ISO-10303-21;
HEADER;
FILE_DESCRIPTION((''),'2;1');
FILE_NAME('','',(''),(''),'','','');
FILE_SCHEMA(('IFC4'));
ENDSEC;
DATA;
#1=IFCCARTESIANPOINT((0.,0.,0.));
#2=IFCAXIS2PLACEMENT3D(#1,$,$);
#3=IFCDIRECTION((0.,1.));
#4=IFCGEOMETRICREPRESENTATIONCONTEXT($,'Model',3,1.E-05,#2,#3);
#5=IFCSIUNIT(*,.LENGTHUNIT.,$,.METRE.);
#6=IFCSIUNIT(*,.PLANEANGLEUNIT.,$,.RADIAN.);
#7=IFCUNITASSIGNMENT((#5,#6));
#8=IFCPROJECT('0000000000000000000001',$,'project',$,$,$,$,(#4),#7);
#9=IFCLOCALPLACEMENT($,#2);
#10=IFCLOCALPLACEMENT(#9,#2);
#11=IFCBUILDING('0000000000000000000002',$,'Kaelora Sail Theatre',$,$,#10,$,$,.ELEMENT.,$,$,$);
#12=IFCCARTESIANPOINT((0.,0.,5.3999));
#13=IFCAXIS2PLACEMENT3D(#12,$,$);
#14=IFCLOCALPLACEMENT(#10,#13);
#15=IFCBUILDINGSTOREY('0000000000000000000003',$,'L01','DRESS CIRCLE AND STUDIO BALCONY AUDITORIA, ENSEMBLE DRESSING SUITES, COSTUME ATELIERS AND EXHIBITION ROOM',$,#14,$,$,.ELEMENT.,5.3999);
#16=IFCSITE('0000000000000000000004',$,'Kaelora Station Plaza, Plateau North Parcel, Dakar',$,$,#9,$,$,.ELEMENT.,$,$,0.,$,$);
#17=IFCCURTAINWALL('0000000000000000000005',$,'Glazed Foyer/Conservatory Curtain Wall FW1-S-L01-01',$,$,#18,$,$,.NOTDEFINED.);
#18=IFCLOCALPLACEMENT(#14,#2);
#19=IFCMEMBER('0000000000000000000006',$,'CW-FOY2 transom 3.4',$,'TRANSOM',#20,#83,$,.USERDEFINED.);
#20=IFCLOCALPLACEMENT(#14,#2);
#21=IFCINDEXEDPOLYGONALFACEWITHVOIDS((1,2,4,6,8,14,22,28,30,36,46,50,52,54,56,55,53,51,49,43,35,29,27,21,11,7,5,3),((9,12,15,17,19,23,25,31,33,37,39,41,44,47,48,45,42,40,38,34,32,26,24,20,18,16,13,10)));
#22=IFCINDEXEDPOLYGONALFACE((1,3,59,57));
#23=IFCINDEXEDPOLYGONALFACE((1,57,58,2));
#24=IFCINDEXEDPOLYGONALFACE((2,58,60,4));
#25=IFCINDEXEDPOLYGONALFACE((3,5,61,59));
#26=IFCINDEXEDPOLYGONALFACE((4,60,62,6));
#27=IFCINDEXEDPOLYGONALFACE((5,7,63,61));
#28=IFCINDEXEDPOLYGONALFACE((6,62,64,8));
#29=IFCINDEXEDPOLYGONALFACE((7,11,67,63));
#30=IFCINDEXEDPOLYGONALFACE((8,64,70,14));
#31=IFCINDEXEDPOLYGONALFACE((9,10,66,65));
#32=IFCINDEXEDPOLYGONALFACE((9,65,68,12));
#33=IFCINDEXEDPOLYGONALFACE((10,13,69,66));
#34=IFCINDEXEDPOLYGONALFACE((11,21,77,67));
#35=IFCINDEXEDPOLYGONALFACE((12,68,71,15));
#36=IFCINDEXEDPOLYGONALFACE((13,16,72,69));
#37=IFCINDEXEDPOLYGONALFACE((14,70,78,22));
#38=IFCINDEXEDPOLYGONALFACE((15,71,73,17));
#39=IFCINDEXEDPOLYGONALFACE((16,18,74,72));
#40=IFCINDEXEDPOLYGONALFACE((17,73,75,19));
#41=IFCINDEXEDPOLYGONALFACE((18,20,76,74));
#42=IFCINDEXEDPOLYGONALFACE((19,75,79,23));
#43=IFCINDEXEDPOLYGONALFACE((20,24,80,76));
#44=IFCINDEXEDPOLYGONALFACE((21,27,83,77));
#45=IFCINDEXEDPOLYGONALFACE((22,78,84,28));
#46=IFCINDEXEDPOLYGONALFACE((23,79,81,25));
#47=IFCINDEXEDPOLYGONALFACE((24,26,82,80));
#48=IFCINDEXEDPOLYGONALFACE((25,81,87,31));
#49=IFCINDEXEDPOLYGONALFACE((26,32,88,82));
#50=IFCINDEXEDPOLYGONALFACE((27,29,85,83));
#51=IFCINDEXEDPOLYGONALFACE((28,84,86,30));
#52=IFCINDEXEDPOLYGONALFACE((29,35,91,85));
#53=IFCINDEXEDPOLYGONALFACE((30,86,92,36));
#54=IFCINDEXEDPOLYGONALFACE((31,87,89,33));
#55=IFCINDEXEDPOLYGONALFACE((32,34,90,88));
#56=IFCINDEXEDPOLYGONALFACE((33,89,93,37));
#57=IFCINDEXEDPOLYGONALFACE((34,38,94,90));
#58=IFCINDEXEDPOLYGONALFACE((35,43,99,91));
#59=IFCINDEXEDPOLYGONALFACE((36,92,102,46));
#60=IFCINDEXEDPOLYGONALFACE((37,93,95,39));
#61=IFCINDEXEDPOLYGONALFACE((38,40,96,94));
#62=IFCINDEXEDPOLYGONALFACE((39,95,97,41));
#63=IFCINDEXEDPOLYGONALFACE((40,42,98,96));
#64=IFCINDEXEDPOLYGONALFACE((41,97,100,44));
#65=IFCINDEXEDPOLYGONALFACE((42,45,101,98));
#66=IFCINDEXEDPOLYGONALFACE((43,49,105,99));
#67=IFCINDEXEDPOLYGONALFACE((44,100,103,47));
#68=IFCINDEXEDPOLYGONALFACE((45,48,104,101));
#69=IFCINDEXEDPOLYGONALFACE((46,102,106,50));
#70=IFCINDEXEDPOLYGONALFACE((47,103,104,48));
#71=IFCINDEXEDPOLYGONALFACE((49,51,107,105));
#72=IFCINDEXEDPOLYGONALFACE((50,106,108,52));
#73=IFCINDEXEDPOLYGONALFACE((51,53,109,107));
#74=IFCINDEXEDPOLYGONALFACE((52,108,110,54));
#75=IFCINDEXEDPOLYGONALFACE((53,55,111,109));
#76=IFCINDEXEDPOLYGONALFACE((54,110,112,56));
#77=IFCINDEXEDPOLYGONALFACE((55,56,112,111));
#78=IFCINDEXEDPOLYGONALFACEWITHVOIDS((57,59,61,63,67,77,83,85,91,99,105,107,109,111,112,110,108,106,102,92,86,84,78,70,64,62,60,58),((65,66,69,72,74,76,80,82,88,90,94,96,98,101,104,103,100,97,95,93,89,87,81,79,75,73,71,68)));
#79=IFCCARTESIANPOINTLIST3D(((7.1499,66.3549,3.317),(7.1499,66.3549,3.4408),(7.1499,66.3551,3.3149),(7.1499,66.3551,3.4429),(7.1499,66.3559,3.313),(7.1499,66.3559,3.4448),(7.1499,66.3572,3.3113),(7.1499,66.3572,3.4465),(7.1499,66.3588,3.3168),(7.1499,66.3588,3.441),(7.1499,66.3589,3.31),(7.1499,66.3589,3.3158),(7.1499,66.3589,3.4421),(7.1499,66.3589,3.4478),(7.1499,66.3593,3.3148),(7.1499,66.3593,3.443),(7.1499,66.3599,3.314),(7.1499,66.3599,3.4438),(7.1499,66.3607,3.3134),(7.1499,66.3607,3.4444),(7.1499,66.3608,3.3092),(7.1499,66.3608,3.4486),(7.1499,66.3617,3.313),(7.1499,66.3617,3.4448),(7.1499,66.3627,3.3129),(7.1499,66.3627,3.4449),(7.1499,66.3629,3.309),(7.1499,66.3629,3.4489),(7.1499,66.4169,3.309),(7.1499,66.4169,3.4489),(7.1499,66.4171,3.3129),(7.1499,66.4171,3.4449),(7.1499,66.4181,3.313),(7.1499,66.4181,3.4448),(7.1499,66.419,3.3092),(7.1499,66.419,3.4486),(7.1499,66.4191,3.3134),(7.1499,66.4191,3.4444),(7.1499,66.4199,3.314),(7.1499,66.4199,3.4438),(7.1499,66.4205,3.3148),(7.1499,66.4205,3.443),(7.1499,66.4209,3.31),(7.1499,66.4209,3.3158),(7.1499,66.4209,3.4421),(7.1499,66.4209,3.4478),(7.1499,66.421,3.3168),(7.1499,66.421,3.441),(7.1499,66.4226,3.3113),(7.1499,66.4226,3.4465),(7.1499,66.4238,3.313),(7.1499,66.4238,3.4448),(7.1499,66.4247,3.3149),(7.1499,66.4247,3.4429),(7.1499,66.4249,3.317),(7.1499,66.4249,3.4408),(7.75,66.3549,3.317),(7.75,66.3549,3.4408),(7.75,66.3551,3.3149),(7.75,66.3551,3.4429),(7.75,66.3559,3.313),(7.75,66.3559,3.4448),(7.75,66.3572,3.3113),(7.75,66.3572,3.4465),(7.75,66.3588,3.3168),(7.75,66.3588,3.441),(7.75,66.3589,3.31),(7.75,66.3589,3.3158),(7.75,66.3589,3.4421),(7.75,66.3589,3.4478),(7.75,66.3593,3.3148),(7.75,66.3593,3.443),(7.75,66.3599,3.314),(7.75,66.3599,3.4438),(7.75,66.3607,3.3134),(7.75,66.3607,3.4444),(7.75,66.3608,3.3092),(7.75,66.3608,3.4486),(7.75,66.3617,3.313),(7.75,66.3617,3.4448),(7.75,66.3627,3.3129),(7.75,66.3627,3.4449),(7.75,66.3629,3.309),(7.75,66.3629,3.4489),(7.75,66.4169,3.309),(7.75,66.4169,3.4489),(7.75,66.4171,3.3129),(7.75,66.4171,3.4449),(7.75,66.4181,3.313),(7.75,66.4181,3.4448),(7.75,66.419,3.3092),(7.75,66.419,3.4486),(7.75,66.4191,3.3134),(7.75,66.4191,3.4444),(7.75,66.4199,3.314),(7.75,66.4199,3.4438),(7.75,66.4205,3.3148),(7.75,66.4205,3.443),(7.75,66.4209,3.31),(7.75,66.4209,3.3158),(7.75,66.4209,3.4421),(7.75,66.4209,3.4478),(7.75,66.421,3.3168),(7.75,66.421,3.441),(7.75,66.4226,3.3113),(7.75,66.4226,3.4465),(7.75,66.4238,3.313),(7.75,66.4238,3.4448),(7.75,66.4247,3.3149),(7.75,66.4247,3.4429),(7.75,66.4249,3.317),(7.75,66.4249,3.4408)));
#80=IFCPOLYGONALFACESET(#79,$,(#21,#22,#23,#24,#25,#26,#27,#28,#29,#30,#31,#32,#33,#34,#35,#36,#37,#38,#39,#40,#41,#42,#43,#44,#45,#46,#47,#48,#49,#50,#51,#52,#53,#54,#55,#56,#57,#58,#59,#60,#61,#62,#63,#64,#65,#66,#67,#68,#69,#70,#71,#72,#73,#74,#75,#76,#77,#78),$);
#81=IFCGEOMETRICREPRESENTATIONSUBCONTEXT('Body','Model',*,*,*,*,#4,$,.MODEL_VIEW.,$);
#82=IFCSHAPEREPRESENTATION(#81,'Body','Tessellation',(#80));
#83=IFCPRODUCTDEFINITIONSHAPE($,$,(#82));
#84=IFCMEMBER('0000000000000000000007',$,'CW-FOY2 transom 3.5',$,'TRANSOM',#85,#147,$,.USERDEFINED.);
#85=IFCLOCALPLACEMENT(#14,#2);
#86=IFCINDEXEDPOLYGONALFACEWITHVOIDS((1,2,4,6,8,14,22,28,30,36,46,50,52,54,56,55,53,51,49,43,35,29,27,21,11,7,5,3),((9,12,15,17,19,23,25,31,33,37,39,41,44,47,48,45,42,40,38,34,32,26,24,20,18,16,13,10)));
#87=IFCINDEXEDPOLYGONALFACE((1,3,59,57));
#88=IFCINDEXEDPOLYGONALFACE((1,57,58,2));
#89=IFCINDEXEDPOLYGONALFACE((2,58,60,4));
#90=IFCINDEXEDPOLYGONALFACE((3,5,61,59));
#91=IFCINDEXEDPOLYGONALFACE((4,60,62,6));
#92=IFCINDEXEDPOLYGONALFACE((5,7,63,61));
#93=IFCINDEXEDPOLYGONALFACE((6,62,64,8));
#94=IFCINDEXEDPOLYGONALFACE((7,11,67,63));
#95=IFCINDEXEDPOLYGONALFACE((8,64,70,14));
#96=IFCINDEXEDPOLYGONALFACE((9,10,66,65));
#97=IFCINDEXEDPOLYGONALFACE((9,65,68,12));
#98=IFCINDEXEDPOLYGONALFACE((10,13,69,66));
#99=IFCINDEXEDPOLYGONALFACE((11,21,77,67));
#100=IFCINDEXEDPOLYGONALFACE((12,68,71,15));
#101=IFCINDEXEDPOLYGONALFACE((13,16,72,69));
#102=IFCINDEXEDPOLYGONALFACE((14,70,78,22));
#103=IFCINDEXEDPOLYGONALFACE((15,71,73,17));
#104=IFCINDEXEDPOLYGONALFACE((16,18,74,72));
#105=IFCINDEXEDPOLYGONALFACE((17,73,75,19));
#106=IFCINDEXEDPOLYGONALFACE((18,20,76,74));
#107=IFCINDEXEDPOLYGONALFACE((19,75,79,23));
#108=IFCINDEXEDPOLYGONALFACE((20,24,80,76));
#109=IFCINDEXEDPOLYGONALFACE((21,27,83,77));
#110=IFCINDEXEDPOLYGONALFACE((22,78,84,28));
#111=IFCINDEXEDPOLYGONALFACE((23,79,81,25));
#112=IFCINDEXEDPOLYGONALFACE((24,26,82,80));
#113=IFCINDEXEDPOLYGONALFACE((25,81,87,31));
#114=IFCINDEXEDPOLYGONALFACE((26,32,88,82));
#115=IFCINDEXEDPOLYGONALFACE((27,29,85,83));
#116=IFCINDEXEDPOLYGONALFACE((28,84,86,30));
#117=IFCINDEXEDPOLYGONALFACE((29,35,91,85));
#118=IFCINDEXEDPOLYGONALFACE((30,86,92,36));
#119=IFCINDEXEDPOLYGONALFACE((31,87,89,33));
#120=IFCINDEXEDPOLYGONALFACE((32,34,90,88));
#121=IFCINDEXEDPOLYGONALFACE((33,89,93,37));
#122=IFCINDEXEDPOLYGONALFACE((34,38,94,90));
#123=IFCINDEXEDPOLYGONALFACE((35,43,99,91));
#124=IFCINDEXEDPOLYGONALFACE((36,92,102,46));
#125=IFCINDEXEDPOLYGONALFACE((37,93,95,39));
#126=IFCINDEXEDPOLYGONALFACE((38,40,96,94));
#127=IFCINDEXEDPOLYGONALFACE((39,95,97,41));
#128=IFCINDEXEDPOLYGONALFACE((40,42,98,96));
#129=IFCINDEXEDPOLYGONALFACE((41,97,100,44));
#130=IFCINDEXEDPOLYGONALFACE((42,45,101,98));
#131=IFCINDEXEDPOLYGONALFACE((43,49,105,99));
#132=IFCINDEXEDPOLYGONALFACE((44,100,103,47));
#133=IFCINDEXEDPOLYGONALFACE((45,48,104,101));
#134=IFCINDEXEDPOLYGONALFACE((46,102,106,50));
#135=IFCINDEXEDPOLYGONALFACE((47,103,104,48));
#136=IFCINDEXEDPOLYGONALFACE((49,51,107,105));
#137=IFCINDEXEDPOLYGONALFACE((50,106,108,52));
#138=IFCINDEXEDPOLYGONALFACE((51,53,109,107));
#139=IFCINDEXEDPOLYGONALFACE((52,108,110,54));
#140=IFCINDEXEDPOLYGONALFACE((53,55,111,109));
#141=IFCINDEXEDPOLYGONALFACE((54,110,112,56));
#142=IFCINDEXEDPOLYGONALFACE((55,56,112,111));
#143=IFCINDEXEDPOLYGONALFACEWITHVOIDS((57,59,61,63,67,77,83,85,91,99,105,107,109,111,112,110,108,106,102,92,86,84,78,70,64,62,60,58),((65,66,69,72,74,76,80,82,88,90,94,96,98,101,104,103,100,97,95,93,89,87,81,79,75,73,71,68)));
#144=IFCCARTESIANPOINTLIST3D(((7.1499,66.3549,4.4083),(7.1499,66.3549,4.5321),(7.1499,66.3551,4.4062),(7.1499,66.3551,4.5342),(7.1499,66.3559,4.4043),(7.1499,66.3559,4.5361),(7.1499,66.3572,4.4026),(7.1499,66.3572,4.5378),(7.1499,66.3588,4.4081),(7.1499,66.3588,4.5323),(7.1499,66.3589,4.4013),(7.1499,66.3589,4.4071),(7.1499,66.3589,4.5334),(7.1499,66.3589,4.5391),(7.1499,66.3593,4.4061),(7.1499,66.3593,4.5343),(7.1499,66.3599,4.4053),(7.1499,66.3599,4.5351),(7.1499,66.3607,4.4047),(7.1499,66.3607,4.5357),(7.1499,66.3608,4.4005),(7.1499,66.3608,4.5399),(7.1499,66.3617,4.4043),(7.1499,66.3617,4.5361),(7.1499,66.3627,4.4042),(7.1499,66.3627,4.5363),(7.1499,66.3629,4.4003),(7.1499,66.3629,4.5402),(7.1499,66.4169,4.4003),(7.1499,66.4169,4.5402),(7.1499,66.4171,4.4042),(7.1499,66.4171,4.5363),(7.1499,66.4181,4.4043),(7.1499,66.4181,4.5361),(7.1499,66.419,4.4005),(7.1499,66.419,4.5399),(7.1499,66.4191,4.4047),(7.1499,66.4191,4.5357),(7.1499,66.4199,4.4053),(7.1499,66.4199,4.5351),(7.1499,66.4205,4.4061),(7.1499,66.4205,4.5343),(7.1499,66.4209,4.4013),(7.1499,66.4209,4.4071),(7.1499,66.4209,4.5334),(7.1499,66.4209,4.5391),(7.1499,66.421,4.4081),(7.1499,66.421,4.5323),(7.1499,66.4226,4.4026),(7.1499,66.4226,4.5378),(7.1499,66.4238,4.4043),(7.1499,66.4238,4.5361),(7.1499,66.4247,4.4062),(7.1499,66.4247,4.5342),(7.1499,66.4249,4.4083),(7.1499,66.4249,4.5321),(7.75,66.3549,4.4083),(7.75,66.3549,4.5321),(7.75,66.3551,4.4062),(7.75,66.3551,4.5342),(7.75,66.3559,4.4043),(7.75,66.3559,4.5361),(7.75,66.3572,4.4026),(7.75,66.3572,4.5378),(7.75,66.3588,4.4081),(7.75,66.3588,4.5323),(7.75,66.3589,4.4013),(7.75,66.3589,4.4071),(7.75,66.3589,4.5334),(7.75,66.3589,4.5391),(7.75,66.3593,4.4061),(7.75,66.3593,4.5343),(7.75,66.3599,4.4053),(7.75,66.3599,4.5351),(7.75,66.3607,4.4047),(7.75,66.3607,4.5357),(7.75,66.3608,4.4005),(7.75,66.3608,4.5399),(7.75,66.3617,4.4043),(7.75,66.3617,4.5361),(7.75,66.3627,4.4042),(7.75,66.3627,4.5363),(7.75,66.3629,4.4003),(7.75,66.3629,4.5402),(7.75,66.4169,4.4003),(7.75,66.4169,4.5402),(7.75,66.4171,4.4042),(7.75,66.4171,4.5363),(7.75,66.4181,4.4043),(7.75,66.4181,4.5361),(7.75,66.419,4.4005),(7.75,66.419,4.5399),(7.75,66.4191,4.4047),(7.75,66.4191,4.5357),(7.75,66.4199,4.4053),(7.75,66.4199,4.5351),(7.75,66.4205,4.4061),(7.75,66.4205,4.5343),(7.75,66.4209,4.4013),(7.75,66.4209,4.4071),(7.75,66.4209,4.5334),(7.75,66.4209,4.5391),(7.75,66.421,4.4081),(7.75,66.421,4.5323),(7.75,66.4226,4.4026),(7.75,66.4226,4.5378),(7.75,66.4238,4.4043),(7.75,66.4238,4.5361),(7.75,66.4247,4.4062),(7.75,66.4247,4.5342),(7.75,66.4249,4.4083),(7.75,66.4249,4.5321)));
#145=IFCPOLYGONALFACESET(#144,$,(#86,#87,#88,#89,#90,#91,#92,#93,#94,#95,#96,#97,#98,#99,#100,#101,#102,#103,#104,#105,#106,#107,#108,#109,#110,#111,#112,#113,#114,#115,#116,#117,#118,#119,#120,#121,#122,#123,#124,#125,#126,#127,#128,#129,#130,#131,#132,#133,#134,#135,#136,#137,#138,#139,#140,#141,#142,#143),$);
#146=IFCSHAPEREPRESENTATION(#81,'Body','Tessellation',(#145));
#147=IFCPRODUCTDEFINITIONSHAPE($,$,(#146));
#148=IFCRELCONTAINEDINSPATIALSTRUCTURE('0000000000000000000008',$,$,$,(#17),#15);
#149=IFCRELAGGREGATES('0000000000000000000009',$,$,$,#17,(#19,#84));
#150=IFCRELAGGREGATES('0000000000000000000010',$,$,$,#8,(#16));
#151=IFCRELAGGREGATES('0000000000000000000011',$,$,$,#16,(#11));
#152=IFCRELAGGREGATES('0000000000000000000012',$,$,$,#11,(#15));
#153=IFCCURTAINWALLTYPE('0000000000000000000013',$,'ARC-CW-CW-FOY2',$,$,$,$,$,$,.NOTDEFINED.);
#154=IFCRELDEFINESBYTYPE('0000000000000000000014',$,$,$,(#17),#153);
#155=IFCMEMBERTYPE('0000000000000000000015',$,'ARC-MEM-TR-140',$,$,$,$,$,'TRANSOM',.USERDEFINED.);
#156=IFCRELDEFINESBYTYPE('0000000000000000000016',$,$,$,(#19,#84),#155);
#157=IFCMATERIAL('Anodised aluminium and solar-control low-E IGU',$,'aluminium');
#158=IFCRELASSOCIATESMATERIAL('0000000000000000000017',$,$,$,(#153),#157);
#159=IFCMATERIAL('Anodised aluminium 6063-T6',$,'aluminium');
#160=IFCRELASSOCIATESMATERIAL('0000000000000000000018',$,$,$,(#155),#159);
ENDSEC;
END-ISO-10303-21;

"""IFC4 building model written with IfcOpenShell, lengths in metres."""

from ifc_helpers import new_model, si_unit, direction, frame, origin, origin_2d, place, context, subcontext, project, spatial, hollow_rectangle, extrude, material, material_profile, profile_set, type_object, element, aggregate, save


model = new_model("IFC4")

# Units and contexts
model_context = context("Model", 3, precision=1e-05, world=origin(), true_north=direction((0.0, 1.0)))
body_context = subcontext(model_context, "Body", "Model", "MODEL_VIEW")
ifc_project = project(units=[si_unit("LENGTHUNIT", "METRE"), si_unit("PLANEANGLEUNIT", "RADIAN")], contexts=[model_context])

# Site, building, storey
site_placement = place(None, origin())
site = spatial("IfcSite", under=ifc_project, at=site_placement, Name="Kaelora Station Plaza, Plateau North Parcel, Dakar", CompositionType="ELEMENT", RefElevation=0.0)
building_placement = place(site_placement, origin())
building = spatial("IfcBuilding", under=site, at=building_placement, Name="Kaelora Sail Theatre", CompositionType="ELEMENT")
storey_placement = place(building_placement, frame((0.0, 0.0, 5.3999)))
storey = spatial("IfcBuildingStorey", under=building, at=storey_placement, Name="L01", Description="DRESS CIRCLE AND STUDIO BALCONY AUDITORIA, ENSEMBLE DRESSING SUITES, COSTUME ATELIERS AND EXHIBITION ROOM", CompositionType="ELEMENT", Elevation=5.3999)

# Curtain wall, members
ifc_material_1 = material(Name="Anodised aluminium and solar-control low-E IGU", Category="aluminium")
curtain_wall_type = type_object("IfcCurtainWallType", Name="ARC-CW-CW-FOY2", PredefinedType="NOTDEFINED", material=ifc_material_1)
curtain_wall_placement = place(storey_placement, origin())
curtain_wall = element("IfcCurtainWall", 1, at=curtain_wall_placement, inside=storey, type_object=curtain_wall_type, Name="Glazed Foyer/Conservatory Curtain Wall FW1-S-L01-01", PredefinedType="NOTDEFINED")
ifc_material_2 = material(Name="Anodised aluminium 6063-T6", Category="aluminium")
ifc_material_profile_1 = material_profile(ifc_material_2, hollow_rectangle(XDim=0.0701, YDim=0.1399, WallThickness=0.0039, InnerFilletRadius=0.0039, OuterFilletRadius=0.0081, at=origin_2d()), Name="ALU-TRAN 70x140x4")
ifc_profile_set_1 = profile_set([ifc_material_profile_1], Name="Anodised aluminium 6063-T6")
member_type_1 = type_object("IfcMemberType", Name="ARC-MEM-TR-140", ElementType="TRANSOM", PredefinedType="USERDEFINED", material=ifc_profile_set_1)
member_1_placement = place(storey_placement, frame((7.1499, 66.3899, 3.3789), z_axis=(1.0, 0.0, 0.0), x_axis=(0.0, 1.0, 0.0)))
member_1 = element("IfcMember", 2, at=member_1_placement, type_object=member_type_1, Name="CW-FOY2 transom 3.4", ObjectType="TRANSOM", PredefinedType="USERDEFINED", context=body_context, shape_type="SweptSolid", body=[
    extrude(hollow_rectangle(XDim=0.0701, YDim=0.1399, WallThickness=0.0039, InnerFilletRadius=0.0039, OuterFilletRadius=0.0081, at=origin_2d()), origin(), (0.0, 0.0, 1.0), 0.6001),
])
member_2_placement = place(storey_placement, frame((7.1499, 66.3899, 4.4702), z_axis=(1.0, 0.0, 0.0), x_axis=(0.0, 1.0, 0.0)))
member_2 = element("IfcMember", 3, at=member_2_placement, type_object=member_type_1, Name="CW-FOY2 transom 3.5", ObjectType="TRANSOM", PredefinedType="USERDEFINED", context=body_context, shape_type="SweptSolid", body=[
    extrude(hollow_rectangle(XDim=0.0701, YDim=0.1399, WallThickness=0.0039, InnerFilletRadius=0.0039, OuterFilletRadius=0.0081, at=origin_2d()), origin(), (0.0, 0.0, 1.0), 0.6001),
])
aggregate(curtain_wall, [member_1, member_2])

save(model, "model.ifc")
